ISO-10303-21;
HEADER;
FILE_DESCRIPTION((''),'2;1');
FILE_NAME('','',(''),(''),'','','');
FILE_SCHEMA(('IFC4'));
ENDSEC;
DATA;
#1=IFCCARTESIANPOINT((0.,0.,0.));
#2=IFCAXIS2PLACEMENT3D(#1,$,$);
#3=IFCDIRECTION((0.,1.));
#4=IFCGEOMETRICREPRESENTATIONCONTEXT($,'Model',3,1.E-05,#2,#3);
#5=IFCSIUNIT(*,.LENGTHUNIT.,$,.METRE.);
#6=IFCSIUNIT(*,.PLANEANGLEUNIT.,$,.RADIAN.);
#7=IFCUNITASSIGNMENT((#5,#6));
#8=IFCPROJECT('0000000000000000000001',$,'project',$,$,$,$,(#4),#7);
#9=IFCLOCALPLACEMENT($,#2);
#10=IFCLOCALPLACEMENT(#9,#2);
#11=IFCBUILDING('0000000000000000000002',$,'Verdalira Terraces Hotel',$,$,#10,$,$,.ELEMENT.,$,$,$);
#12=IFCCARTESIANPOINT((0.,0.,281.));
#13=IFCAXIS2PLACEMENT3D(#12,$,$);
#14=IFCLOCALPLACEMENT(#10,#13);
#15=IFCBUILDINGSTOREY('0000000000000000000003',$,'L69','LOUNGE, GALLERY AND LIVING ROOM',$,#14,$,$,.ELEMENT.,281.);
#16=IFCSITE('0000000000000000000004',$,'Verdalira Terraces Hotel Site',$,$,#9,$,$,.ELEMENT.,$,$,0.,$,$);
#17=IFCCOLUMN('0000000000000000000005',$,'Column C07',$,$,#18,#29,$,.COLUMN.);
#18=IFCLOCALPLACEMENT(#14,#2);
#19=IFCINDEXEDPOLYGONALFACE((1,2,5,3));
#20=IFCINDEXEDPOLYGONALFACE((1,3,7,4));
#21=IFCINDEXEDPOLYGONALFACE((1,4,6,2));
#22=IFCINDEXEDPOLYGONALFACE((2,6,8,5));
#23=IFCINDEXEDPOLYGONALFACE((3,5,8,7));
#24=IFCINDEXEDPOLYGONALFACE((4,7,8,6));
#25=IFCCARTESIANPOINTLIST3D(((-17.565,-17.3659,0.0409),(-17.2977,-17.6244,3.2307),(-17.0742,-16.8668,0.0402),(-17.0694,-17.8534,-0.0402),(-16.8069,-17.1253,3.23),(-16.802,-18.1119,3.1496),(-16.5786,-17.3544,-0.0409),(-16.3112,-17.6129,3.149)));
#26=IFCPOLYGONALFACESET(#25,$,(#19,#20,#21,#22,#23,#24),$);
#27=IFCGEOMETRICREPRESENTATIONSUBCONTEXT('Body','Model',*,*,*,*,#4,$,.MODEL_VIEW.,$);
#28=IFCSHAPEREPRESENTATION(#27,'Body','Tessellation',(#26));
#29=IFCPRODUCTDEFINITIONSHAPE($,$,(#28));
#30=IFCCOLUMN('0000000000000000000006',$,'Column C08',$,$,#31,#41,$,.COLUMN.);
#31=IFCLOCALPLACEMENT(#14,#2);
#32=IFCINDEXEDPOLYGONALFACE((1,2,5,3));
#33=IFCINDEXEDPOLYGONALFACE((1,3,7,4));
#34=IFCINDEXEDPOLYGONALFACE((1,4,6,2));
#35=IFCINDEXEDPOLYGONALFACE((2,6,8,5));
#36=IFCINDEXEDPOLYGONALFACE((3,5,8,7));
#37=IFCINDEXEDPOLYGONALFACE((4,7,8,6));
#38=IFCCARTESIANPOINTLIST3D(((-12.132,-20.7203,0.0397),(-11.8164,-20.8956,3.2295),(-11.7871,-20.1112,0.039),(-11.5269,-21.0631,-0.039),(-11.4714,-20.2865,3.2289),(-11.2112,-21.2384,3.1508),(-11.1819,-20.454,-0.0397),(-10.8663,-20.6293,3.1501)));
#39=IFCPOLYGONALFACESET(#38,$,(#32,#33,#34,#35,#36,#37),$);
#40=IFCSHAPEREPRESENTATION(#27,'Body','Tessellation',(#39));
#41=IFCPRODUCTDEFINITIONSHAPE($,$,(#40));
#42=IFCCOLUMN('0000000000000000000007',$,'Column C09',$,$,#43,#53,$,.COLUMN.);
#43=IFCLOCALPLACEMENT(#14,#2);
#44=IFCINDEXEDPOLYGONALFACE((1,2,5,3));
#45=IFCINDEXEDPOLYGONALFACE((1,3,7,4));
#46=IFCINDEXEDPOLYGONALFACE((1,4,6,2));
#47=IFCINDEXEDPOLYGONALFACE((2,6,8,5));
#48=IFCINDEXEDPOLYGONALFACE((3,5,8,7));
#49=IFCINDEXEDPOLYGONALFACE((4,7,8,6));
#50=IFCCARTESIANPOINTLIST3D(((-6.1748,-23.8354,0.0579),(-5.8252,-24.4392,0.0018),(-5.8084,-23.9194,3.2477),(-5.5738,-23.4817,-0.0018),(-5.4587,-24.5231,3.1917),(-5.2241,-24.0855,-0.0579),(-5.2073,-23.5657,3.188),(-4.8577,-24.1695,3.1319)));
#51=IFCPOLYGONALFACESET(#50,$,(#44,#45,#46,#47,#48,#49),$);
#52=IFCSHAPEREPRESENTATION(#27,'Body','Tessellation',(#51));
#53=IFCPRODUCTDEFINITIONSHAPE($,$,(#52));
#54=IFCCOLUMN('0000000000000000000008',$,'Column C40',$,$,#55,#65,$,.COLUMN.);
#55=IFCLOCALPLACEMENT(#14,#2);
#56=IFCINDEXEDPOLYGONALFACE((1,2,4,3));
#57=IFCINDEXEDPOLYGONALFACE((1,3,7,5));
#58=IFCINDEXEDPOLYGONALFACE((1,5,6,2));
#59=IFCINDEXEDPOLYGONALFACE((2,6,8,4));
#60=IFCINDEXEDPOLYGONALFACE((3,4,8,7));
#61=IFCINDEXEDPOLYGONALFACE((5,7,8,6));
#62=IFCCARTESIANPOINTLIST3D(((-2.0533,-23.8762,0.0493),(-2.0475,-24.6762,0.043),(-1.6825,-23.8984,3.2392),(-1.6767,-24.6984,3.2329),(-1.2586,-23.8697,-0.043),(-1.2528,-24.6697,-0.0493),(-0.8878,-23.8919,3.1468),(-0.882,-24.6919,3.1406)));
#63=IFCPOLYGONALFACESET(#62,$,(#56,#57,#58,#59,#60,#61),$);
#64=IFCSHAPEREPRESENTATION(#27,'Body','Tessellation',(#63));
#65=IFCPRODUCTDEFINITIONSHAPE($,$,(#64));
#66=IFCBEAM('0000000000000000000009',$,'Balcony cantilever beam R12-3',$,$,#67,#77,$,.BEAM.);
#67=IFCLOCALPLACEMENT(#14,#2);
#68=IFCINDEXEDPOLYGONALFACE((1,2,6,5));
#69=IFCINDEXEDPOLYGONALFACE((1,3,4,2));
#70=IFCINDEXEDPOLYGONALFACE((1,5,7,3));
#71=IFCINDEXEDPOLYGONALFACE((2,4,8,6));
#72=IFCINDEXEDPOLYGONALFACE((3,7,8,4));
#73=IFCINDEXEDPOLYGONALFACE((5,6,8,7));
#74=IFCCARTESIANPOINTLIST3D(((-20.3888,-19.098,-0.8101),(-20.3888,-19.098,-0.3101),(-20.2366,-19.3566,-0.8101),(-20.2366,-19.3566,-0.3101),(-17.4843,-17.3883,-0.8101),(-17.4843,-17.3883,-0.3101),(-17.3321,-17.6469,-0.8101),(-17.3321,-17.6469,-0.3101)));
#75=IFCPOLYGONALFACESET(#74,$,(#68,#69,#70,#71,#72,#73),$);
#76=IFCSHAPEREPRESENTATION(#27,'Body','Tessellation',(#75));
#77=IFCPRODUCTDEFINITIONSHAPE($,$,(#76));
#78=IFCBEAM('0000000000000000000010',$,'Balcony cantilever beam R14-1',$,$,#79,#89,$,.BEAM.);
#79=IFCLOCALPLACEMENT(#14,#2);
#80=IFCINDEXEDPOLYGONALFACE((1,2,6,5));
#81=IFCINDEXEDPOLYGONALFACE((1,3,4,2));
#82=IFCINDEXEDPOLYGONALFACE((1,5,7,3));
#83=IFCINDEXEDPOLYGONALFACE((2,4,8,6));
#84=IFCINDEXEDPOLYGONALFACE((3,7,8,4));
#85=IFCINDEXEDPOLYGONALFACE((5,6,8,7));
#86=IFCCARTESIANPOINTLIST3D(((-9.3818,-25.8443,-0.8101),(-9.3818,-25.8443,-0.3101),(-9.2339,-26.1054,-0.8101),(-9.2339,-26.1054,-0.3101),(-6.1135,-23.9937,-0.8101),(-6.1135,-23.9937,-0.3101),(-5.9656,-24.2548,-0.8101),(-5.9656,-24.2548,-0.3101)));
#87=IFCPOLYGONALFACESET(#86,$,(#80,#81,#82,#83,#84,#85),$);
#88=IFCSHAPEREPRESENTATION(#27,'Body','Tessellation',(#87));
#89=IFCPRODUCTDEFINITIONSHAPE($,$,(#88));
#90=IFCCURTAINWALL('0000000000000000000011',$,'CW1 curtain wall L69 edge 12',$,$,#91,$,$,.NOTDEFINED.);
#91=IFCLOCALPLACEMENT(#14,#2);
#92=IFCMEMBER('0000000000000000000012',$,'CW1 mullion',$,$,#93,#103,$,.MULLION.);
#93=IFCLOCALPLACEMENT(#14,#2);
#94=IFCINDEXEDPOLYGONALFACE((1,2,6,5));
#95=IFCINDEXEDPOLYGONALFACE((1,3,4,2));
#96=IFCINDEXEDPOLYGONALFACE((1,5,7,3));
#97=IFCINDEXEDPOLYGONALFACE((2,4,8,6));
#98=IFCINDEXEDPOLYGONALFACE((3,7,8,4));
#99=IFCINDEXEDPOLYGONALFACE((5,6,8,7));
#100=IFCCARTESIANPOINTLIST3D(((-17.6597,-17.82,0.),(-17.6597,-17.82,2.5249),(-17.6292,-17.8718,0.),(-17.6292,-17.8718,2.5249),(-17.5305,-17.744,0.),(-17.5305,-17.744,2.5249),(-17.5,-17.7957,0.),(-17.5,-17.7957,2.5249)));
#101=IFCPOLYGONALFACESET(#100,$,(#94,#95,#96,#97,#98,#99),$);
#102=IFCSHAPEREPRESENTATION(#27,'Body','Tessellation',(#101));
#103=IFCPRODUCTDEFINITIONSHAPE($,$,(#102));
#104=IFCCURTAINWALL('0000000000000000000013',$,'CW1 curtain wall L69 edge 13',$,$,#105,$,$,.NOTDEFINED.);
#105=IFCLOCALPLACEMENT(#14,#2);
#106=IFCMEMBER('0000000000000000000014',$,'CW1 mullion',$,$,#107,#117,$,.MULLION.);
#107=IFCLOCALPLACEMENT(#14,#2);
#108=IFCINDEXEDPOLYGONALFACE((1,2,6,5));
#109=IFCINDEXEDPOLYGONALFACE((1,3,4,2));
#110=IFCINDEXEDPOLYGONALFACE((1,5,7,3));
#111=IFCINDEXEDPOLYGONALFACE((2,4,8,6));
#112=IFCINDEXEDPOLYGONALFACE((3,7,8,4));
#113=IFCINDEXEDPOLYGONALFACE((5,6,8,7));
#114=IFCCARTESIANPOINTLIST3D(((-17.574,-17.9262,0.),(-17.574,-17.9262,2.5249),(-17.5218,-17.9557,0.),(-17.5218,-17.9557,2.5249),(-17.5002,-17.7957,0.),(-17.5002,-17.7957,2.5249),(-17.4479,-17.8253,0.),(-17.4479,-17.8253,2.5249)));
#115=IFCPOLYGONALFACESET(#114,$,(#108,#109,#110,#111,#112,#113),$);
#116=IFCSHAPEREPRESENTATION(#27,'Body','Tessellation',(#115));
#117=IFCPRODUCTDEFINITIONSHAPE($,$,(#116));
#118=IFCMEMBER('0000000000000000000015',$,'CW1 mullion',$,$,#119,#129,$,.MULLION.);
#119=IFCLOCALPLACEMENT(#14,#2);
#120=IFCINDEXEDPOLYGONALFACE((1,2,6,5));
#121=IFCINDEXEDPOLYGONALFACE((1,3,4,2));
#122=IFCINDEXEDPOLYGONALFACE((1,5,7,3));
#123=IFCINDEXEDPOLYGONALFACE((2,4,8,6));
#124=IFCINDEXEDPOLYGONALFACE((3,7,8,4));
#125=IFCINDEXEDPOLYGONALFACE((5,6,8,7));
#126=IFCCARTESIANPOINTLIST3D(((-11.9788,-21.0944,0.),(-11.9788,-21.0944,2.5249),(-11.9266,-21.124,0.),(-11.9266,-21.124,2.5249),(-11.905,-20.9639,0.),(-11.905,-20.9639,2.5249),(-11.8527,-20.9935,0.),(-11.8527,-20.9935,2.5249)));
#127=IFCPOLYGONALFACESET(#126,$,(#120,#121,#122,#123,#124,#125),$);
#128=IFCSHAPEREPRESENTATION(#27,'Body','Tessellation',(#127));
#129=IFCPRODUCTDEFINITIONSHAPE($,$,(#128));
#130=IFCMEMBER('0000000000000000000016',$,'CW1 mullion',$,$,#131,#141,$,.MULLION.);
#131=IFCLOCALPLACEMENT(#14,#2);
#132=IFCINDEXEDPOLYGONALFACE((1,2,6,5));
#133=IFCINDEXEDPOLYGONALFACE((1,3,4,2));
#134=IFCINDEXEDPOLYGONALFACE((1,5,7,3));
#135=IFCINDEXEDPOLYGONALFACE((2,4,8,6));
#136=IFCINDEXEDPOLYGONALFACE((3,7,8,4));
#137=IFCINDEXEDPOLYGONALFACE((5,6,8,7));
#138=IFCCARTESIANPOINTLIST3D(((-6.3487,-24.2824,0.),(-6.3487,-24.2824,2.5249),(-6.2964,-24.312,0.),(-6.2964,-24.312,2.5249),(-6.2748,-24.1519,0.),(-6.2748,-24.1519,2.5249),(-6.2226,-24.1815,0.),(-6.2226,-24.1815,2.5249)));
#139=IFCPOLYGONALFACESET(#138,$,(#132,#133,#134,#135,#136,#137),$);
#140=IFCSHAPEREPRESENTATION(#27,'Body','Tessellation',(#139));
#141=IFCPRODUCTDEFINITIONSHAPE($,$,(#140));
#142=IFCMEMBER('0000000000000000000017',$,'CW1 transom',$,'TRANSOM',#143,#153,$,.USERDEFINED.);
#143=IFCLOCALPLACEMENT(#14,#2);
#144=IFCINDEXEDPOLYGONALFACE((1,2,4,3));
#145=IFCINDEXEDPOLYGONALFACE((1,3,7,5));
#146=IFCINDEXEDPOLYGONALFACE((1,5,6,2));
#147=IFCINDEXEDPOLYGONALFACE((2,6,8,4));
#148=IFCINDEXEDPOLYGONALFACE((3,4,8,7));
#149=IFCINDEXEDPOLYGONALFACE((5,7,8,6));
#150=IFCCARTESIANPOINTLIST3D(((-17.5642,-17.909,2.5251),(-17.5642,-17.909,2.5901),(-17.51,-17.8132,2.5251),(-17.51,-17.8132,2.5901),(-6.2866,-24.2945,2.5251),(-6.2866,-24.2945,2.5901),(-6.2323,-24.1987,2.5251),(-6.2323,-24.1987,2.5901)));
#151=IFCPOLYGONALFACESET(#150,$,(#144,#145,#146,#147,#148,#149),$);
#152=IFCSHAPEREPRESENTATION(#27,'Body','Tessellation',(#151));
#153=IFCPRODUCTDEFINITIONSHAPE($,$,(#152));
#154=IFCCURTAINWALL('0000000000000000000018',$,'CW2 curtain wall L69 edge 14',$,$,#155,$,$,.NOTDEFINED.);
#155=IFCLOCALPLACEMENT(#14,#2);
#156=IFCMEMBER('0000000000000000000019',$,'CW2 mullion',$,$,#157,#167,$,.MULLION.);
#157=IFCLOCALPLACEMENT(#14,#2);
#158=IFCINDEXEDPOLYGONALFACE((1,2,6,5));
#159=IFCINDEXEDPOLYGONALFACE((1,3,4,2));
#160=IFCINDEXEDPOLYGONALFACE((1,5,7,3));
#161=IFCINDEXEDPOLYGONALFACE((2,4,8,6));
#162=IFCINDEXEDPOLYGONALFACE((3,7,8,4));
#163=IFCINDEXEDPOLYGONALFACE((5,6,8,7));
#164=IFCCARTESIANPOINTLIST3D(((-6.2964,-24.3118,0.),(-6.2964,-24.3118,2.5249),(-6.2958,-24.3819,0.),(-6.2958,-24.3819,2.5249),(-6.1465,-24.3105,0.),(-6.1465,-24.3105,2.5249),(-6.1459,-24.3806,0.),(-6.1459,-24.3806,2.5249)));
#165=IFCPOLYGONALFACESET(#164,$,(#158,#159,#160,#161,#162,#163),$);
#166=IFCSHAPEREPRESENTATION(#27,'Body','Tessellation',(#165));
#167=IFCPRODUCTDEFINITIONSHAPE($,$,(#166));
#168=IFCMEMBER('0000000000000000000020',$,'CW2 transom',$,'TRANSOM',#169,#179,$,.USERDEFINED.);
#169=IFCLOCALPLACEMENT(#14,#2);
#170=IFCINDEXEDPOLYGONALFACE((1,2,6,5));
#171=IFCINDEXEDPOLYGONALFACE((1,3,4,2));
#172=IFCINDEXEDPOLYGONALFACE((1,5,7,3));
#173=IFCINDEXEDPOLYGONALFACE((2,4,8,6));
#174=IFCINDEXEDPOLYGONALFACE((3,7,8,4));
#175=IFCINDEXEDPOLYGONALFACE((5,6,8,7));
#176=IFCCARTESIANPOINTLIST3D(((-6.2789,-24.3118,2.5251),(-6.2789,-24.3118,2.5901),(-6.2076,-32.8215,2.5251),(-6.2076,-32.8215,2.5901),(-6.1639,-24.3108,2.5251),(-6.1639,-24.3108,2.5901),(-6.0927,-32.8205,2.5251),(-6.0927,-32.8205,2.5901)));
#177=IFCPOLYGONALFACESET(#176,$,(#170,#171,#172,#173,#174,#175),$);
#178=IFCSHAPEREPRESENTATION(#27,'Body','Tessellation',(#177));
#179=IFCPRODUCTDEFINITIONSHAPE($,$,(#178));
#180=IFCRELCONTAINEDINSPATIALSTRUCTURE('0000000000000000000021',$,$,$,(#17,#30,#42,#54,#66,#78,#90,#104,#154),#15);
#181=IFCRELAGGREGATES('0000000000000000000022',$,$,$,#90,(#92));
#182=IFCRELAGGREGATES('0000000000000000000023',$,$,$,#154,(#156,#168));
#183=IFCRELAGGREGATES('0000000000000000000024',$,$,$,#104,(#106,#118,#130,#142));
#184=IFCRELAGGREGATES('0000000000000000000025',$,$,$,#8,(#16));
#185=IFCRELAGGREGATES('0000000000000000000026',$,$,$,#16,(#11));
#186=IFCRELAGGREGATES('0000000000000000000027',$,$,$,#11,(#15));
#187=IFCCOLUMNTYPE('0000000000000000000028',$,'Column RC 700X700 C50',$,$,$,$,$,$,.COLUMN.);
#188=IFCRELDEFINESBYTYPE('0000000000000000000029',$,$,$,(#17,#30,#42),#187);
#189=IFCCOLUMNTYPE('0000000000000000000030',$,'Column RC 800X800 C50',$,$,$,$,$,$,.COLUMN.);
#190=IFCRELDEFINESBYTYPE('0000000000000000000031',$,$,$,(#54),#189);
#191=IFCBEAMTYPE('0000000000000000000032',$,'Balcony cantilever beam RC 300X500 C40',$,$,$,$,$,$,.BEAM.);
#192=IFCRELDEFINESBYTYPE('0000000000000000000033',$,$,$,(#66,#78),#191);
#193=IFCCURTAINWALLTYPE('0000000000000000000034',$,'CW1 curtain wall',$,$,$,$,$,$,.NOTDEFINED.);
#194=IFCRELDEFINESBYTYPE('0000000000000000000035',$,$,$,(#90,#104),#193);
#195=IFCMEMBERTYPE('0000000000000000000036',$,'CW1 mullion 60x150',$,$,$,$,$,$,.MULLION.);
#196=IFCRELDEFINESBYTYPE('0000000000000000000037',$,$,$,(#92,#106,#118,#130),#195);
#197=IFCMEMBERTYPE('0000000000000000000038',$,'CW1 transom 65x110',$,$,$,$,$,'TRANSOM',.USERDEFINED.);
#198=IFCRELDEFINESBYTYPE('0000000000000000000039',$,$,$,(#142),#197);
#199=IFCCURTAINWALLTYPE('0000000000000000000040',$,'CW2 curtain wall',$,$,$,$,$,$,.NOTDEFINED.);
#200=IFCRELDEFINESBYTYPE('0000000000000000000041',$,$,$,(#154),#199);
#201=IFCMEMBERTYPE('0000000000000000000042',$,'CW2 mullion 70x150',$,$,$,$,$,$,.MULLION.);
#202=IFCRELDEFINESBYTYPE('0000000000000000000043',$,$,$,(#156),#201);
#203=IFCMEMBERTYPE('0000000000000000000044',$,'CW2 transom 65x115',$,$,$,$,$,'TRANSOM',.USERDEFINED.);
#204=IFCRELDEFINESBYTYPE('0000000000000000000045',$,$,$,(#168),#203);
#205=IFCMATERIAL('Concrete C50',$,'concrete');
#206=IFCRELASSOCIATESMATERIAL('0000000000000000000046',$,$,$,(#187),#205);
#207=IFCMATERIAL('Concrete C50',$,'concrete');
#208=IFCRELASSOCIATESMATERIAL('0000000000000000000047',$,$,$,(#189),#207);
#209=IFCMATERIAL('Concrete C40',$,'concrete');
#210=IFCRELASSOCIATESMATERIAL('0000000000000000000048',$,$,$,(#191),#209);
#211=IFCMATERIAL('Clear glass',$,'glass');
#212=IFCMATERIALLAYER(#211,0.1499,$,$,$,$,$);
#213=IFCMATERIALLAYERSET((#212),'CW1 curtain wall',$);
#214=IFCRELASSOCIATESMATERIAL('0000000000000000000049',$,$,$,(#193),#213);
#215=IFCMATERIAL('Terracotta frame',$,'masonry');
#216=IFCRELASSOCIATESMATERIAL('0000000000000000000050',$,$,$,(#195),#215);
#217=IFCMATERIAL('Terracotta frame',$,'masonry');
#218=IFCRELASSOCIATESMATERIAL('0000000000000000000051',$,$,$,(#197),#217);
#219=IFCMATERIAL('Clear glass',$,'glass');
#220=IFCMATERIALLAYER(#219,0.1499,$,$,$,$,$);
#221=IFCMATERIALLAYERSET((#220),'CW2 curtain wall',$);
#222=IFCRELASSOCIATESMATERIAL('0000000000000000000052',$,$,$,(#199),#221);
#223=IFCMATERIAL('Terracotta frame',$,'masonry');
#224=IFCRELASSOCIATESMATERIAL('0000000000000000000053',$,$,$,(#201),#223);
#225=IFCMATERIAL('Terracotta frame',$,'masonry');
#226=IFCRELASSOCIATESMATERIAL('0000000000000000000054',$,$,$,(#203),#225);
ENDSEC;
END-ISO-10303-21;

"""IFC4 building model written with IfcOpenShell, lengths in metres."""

from ifc_helpers import new_model, si_unit, direction, frame, origin, origin_2d, place, context, subcontext, project, spatial, rectangle, extrude, material, layer, layer_set, material_profile, profile_set, type_object, element, aggregate, save


model = new_model("IFC4")

# Units and contexts
model_context = context("Model", 3, precision=1e-05, world=origin(), true_north=direction((0.0, 1.0)))
body_context = subcontext(model_context, "Body", "Model", "MODEL_VIEW")
ifc_project = project(units=[si_unit("LENGTHUNIT", "METRE"), si_unit("PLANEANGLEUNIT", "RADIAN")], contexts=[model_context])

# Site, building, storey
site_placement = place(None, origin())
site = spatial("IfcSite", under=ifc_project, at=site_placement, Name="Verdalira Terraces Hotel Site", CompositionType="ELEMENT", RefElevation=0.0)
building_placement = place(site_placement, origin())
building = spatial("IfcBuilding", under=site, at=building_placement, Name="Verdalira Terraces Hotel", CompositionType="ELEMENT")
storey_placement = place(building_placement, frame((0.0, 0.0, 281.0)))
storey = spatial("IfcBuildingStorey", under=building, at=storey_placement, Name="L69", Description="LOUNGE, GALLERY AND LIVING ROOM", CompositionType="ELEMENT", Elevation=281.0)

# Columns
ifc_material_1 = material(Name="Concrete C50", Category="concrete")
ifc_material_profile_1 = material_profile(ifc_material_1, rectangle(XDim=0.7, YDim=0.7, at=origin_2d()), Name="RC 700X700")
ifc_profile_set_1 = profile_set([ifc_material_profile_1], Name="Concrete C50")
column_type_1 = type_object("IfcColumnType", Name="Column RC 700X700 C50", PredefinedType="COLUMN", material=ifc_profile_set_1)
column_1_placement = place(storey_placement, frame((-17.0718, -17.3601, 0.0), z_axis=(0.083241, -0.080505, 0.993272), x_axis=(-0.7081, 0.696552, 0.115798)))
element("IfcColumn", 1, at=column_1_placement, inside=storey, type_object=column_type_1, Name="Column C07", PredefinedType="COLUMN", context=body_context, shape_type="SweptSolid", body=[
    extrude(rectangle(XDim=0.7, YDim=0.7, at=origin_2d()), origin(), (0.0, 0.0, 1.0), 3.2114),
])
column_2_placement = place(storey_placement, frame((-11.657, -20.5872, 0.0), z_axis=(0.098331, -0.054603, 0.993655), x_axis=(0.864581, -0.489744, -0.112471)))
element("IfcColumn", 2, at=column_2_placement, inside=storey, type_object=column_type_1, Name="Column C08", PredefinedType="COLUMN", context=body_context, shape_type="SweptSolid", body=[
    extrude(rectangle(XDim=0.7, YDim=0.7, at=origin_2d()), origin(), (0.0, 0.0, 1.0), 3.2102),
])
column_3_placement = place(storey_placement, frame((-5.6995, -23.9604, 0.0), z_axis=(0.114089, -0.026147, 0.993126), x_axis=(-0.499562, 0.862567, 0.080098)))
element("IfcColumn", 3, at=column_3_placement, inside=storey, type_object=column_type_1, Name="Column C09", PredefinedType="COLUMN", context=body_context, shape_type="SweptSolid", body=[
    extrude(rectangle(XDim=0.7, YDim=0.7, at=origin_2d()), origin(), (0.0, 0.0, 1.0), 3.2119),
])
ifc_material_2 = material(Name="Concrete C50", Category="concrete")
ifc_material_profile_2 = material_profile(ifc_material_2, rectangle(XDim=0.8, YDim=0.8, at=origin_2d()), Name="RC 800X800")
ifc_profile_set_2 = profile_set([ifc_material_profile_2], Name="Concrete C50")
column_type_2 = type_object("IfcColumnType", Name="Column RC 800X800 C50", PredefinedType="COLUMN", material=ifc_profile_set_2)
column_4_placement = place(storey_placement, frame((-1.6531, -24.2729, 0.0), z_axis=(0.115475, -0.006918, 0.993286), x_axis=(0.007257, -0.999943, -0.007808)))
element("IfcColumn", 4, at=column_4_placement, inside=storey, type_object=column_type_2, Name="Column C40", PredefinedType="COLUMN", context=body_context, shape_type="SweptSolid", body=[
    extrude(rectangle(XDim=0.8, YDim=0.8, at=origin_2d()), origin(), (0.0, 0.0, 1.0), 3.2114),
])

# Beams
ifc_material_3 = material(Name="Concrete C40", Category="concrete")
ifc_material_profile_3 = material_profile(ifc_material_3, rectangle(XDim=0.3, YDim=0.5, at=origin_2d()), Name="RC 300X500")
ifc_profile_set_3 = profile_set([ifc_material_profile_3], Name="Concrete C40")
beam_type_1 = type_object("IfcBeamType", Name="Balcony cantilever beam RC 300X500 C40", PredefinedType="BEAM", material=ifc_profile_set_3)
beam_1_placement = place(storey_placement, frame((-17.4082, -17.5176, -0.5601), z_axis=(-0.861783, -0.507277, 0.0), x_axis=(0.507277, -0.861783, 0.0)))
element("IfcBeam", 5, at=beam_1_placement, inside=storey, type_object=beam_type_1, Name="Balcony cantilever beam R12-3", PredefinedType="BEAM", context=body_context, shape_type="SweptSolid", body=[
    extrude(rectangle(XDim=0.3, YDim=0.5, at=origin_2d()), origin(), (0.0, 0.0, 1.0), 3.3704),
])
beam_2_placement = place(storey_placement, frame((-6.0396, -24.1243, -0.5601), z_axis=(-0.870188, -0.492719, 0.0), x_axis=(0.492719, -0.870188, 0.0)))
element("IfcBeam", 6, at=beam_2_placement, inside=storey, type_object=beam_type_1, Name="Balcony cantilever beam R14-1", PredefinedType="BEAM", context=body_context, shape_type="SweptSolid", body=[
    extrude(rectangle(XDim=0.3, YDim=0.5, at=origin_2d()), origin(), (0.0, 0.0, 1.0), 3.7559),
])

# Curtain wall, member
ifc_material_4 = material(Name="Clear glass", Category="glass")
ifc_layer_1 = layer(ifc_material_4, 0.1499)
ifc_layer_set_1 = layer_set([ifc_layer_1], Name="CW1 curtain wall")
curtain_wall_type_1 = type_object("IfcCurtainWallType", Name="CW1 curtain wall", PredefinedType="NOTDEFINED", material=ifc_layer_set_1)
curtain_wall_1_placement = place(storey_placement, origin())
curtain_wall_1 = element("IfcCurtainWall", 7, at=curtain_wall_1_placement, inside=storey, type_object=curtain_wall_type_1, Name="CW1 curtain wall L69 edge 12", PredefinedType="NOTDEFINED")
ifc_material_5 = material(Name="Terracotta frame", Category="masonry")
ifc_material_profile_4 = material_profile(ifc_material_5, rectangle(XDim=0.0601, YDim=0.1499, at=origin_2d()), Name="MU 60x150")
ifc_profile_set_4 = profile_set([ifc_material_profile_4], Name="Terracotta frame")
member_type_1 = type_object("IfcMemberType", Name="CW1 mullion 60x150", PredefinedType="MULLION", material=ifc_profile_set_4)
member_1_placement = place(storey_placement, frame((-17.5798, -17.8079, 0.0), z_axis=(0.0, 0.0, 1.0), x_axis=(0.507238, -0.861806, 0.0)))
member_1 = element("IfcMember", 8, at=member_1_placement, type_object=member_type_1, Name="CW1 mullion", PredefinedType="MULLION", context=body_context, shape_type="SweptSolid", body=[
    extrude(rectangle(XDim=0.0601, YDim=0.1499, at=origin_2d()), origin(), (0.0, 0.0, 1.0), 2.5249),
])
aggregate(curtain_wall_1, [member_1])

# Curtain walls, members
curtain_wall_2_placement = place(storey_placement, origin())
curtain_wall_2 = element("IfcCurtainWall", 9, at=curtain_wall_2_placement, inside=storey, type_object=curtain_wall_type_1, Name="CW1 curtain wall L69 edge 13", PredefinedType="NOTDEFINED")
member_2_placement = place(storey_placement, frame((-17.511, -17.8757, 0.0), z_axis=(0.0, 0.0, 1.0), x_axis=(0.870184, -0.492727, 0.0)))
member_2 = element("IfcMember", 10, at=member_2_placement, type_object=member_type_1, Name="CW1 mullion", PredefinedType="MULLION", context=body_context, shape_type="SweptSolid", body=[
    extrude(rectangle(XDim=0.0601, YDim=0.1499, at=origin_2d()), origin(), (0.0, 0.0, 1.0), 2.5249),
])
member_3_placement = place(storey_placement, frame((-11.9158, -21.0439, 0.0), z_axis=(0.0, 0.0, 1.0), x_axis=(0.870184, -0.492727, 0.0)))
member_3 = element("IfcMember", 11, at=member_3_placement, type_object=member_type_1, Name="CW1 mullion", PredefinedType="MULLION", context=body_context, shape_type="SweptSolid", body=[
    extrude(rectangle(XDim=0.0601, YDim=0.1499, at=origin_2d()), origin(), (0.0, 0.0, 1.0), 2.5249),
])
member_4_placement = place(storey_placement, frame((-6.2856, -24.2319, 0.0), z_axis=(0.0, 0.0, 1.0), x_axis=(0.870184, -0.492727, 0.0)))
member_4 = element("IfcMember", 12, at=member_4_placement, type_object=member_type_1, Name="CW1 mullion", PredefinedType="MULLION", context=body_context, shape_type="SweptSolid", body=[
    extrude(rectangle(XDim=0.0601, YDim=0.1499, at=origin_2d()), origin(), (0.0, 0.0, 1.0), 2.5249),
])
ifc_material_6 = material(Name="Terracotta frame", Category="masonry")
ifc_material_profile_5 = material_profile(ifc_material_6, rectangle(XDim=0.1101, YDim=0.0649, at=origin_2d()), Name="TR 65x110")
ifc_profile_set_5 = profile_set([ifc_material_profile_5], Name="Terracotta frame")
member_type_2 = type_object("IfcMemberType", Name="CW1 transom 65x110", ElementType="TRANSOM", PredefinedType="USERDEFINED", material=ifc_profile_set_5)
member_5_placement = place(storey_placement, frame((-17.5371, -17.8611, 2.5576), z_axis=(0.870192, -0.492713, 0.0), x_axis=(0.492713, 0.870192, 0.0)))
member_5 = element("IfcMember", 13, at=member_5_placement, type_object=member_type_2, Name="CW1 transom", ObjectType="TRANSOM", PredefinedType="USERDEFINED", context=body_context, shape_type="SweptSolid", body=[
    extrude(rectangle(XDim=0.1101, YDim=0.0649, at=origin_2d()), origin(), (0.0, 0.0, 1.0), 12.96),
])
ifc_material_7 = material(Name="Clear glass", Category="glass")
ifc_layer_2 = layer(ifc_material_7, 0.1499)
ifc_layer_set_2 = layer_set([ifc_layer_2], Name="CW2 curtain wall")
curtain_wall_type_2 = type_object("IfcCurtainWallType", Name="CW2 curtain wall", PredefinedType="NOTDEFINED", material=ifc_layer_set_2)
curtain_wall_3_placement = place(storey_placement, origin())
curtain_wall_3 = element("IfcCurtainWall", 14, at=curtain_wall_3_placement, inside=storey, type_object=curtain_wall_type_2, Name="CW2 curtain wall L69 edge 14", PredefinedType="NOTDEFINED")
ifc_material_8 = material(Name="Terracotta frame", Category="masonry")
ifc_material_profile_6 = material_profile(ifc_material_8, rectangle(XDim=0.0701, YDim=0.1499, at=origin_2d()), Name="MU 70x150")
ifc_profile_set_6 = profile_set([ifc_material_profile_6], Name="Terracotta frame")
member_type_3 = type_object("IfcMemberType", Name="CW2 mullion 70x150", PredefinedType="MULLION", material=ifc_profile_set_6)
member_6_placement = place(storey_placement, frame((-6.2212, -24.3462, 0.0), z_axis=(0.0, 0.0, 1.0), x_axis=(0.008377, -0.999965, 0.0)))
member_6 = element("IfcMember", 15, at=member_6_placement, type_object=member_type_3, Name="CW2 mullion", PredefinedType="MULLION", context=body_context, shape_type="SweptSolid", body=[
    extrude(rectangle(XDim=0.0701, YDim=0.1499, at=origin_2d()), origin(), (0.0, 0.0, 1.0), 2.5249),
])
ifc_material_9 = material(Name="Terracotta frame", Category="masonry")
ifc_material_profile_7 = material_profile(ifc_material_9, rectangle(XDim=0.115, YDim=0.0649, at=origin_2d()), Name="TR 65x115")
ifc_profile_set_7 = profile_set([ifc_material_profile_7], Name="Terracotta frame")
member_type_4 = type_object("IfcMemberType", Name="CW2 transom 65x115", ElementType="TRANSOM", PredefinedType="USERDEFINED", material=ifc_profile_set_7)
member_7_placement = place(storey_placement, frame((-6.2214, -24.3113, 2.5576), z_axis=(0.008377, -0.999965, 0.0), x_axis=(0.999965, 0.008377, 0.0)))
member_7 = element("IfcMember", 16, at=member_7_placement, type_object=member_type_4, Name="CW2 transom", ObjectType="TRANSOM", PredefinedType="USERDEFINED", context=body_context, shape_type="SweptSolid", body=[
    extrude(rectangle(XDim=0.115, YDim=0.0649, at=origin_2d()), origin(), (0.0, 0.0, 1.0), 8.51),
])
aggregate(curtain_wall_3, [member_6, member_7])

aggregate(curtain_wall_2, [member_2, member_3, member_4, member_5])

save(model, "model.ifc")
